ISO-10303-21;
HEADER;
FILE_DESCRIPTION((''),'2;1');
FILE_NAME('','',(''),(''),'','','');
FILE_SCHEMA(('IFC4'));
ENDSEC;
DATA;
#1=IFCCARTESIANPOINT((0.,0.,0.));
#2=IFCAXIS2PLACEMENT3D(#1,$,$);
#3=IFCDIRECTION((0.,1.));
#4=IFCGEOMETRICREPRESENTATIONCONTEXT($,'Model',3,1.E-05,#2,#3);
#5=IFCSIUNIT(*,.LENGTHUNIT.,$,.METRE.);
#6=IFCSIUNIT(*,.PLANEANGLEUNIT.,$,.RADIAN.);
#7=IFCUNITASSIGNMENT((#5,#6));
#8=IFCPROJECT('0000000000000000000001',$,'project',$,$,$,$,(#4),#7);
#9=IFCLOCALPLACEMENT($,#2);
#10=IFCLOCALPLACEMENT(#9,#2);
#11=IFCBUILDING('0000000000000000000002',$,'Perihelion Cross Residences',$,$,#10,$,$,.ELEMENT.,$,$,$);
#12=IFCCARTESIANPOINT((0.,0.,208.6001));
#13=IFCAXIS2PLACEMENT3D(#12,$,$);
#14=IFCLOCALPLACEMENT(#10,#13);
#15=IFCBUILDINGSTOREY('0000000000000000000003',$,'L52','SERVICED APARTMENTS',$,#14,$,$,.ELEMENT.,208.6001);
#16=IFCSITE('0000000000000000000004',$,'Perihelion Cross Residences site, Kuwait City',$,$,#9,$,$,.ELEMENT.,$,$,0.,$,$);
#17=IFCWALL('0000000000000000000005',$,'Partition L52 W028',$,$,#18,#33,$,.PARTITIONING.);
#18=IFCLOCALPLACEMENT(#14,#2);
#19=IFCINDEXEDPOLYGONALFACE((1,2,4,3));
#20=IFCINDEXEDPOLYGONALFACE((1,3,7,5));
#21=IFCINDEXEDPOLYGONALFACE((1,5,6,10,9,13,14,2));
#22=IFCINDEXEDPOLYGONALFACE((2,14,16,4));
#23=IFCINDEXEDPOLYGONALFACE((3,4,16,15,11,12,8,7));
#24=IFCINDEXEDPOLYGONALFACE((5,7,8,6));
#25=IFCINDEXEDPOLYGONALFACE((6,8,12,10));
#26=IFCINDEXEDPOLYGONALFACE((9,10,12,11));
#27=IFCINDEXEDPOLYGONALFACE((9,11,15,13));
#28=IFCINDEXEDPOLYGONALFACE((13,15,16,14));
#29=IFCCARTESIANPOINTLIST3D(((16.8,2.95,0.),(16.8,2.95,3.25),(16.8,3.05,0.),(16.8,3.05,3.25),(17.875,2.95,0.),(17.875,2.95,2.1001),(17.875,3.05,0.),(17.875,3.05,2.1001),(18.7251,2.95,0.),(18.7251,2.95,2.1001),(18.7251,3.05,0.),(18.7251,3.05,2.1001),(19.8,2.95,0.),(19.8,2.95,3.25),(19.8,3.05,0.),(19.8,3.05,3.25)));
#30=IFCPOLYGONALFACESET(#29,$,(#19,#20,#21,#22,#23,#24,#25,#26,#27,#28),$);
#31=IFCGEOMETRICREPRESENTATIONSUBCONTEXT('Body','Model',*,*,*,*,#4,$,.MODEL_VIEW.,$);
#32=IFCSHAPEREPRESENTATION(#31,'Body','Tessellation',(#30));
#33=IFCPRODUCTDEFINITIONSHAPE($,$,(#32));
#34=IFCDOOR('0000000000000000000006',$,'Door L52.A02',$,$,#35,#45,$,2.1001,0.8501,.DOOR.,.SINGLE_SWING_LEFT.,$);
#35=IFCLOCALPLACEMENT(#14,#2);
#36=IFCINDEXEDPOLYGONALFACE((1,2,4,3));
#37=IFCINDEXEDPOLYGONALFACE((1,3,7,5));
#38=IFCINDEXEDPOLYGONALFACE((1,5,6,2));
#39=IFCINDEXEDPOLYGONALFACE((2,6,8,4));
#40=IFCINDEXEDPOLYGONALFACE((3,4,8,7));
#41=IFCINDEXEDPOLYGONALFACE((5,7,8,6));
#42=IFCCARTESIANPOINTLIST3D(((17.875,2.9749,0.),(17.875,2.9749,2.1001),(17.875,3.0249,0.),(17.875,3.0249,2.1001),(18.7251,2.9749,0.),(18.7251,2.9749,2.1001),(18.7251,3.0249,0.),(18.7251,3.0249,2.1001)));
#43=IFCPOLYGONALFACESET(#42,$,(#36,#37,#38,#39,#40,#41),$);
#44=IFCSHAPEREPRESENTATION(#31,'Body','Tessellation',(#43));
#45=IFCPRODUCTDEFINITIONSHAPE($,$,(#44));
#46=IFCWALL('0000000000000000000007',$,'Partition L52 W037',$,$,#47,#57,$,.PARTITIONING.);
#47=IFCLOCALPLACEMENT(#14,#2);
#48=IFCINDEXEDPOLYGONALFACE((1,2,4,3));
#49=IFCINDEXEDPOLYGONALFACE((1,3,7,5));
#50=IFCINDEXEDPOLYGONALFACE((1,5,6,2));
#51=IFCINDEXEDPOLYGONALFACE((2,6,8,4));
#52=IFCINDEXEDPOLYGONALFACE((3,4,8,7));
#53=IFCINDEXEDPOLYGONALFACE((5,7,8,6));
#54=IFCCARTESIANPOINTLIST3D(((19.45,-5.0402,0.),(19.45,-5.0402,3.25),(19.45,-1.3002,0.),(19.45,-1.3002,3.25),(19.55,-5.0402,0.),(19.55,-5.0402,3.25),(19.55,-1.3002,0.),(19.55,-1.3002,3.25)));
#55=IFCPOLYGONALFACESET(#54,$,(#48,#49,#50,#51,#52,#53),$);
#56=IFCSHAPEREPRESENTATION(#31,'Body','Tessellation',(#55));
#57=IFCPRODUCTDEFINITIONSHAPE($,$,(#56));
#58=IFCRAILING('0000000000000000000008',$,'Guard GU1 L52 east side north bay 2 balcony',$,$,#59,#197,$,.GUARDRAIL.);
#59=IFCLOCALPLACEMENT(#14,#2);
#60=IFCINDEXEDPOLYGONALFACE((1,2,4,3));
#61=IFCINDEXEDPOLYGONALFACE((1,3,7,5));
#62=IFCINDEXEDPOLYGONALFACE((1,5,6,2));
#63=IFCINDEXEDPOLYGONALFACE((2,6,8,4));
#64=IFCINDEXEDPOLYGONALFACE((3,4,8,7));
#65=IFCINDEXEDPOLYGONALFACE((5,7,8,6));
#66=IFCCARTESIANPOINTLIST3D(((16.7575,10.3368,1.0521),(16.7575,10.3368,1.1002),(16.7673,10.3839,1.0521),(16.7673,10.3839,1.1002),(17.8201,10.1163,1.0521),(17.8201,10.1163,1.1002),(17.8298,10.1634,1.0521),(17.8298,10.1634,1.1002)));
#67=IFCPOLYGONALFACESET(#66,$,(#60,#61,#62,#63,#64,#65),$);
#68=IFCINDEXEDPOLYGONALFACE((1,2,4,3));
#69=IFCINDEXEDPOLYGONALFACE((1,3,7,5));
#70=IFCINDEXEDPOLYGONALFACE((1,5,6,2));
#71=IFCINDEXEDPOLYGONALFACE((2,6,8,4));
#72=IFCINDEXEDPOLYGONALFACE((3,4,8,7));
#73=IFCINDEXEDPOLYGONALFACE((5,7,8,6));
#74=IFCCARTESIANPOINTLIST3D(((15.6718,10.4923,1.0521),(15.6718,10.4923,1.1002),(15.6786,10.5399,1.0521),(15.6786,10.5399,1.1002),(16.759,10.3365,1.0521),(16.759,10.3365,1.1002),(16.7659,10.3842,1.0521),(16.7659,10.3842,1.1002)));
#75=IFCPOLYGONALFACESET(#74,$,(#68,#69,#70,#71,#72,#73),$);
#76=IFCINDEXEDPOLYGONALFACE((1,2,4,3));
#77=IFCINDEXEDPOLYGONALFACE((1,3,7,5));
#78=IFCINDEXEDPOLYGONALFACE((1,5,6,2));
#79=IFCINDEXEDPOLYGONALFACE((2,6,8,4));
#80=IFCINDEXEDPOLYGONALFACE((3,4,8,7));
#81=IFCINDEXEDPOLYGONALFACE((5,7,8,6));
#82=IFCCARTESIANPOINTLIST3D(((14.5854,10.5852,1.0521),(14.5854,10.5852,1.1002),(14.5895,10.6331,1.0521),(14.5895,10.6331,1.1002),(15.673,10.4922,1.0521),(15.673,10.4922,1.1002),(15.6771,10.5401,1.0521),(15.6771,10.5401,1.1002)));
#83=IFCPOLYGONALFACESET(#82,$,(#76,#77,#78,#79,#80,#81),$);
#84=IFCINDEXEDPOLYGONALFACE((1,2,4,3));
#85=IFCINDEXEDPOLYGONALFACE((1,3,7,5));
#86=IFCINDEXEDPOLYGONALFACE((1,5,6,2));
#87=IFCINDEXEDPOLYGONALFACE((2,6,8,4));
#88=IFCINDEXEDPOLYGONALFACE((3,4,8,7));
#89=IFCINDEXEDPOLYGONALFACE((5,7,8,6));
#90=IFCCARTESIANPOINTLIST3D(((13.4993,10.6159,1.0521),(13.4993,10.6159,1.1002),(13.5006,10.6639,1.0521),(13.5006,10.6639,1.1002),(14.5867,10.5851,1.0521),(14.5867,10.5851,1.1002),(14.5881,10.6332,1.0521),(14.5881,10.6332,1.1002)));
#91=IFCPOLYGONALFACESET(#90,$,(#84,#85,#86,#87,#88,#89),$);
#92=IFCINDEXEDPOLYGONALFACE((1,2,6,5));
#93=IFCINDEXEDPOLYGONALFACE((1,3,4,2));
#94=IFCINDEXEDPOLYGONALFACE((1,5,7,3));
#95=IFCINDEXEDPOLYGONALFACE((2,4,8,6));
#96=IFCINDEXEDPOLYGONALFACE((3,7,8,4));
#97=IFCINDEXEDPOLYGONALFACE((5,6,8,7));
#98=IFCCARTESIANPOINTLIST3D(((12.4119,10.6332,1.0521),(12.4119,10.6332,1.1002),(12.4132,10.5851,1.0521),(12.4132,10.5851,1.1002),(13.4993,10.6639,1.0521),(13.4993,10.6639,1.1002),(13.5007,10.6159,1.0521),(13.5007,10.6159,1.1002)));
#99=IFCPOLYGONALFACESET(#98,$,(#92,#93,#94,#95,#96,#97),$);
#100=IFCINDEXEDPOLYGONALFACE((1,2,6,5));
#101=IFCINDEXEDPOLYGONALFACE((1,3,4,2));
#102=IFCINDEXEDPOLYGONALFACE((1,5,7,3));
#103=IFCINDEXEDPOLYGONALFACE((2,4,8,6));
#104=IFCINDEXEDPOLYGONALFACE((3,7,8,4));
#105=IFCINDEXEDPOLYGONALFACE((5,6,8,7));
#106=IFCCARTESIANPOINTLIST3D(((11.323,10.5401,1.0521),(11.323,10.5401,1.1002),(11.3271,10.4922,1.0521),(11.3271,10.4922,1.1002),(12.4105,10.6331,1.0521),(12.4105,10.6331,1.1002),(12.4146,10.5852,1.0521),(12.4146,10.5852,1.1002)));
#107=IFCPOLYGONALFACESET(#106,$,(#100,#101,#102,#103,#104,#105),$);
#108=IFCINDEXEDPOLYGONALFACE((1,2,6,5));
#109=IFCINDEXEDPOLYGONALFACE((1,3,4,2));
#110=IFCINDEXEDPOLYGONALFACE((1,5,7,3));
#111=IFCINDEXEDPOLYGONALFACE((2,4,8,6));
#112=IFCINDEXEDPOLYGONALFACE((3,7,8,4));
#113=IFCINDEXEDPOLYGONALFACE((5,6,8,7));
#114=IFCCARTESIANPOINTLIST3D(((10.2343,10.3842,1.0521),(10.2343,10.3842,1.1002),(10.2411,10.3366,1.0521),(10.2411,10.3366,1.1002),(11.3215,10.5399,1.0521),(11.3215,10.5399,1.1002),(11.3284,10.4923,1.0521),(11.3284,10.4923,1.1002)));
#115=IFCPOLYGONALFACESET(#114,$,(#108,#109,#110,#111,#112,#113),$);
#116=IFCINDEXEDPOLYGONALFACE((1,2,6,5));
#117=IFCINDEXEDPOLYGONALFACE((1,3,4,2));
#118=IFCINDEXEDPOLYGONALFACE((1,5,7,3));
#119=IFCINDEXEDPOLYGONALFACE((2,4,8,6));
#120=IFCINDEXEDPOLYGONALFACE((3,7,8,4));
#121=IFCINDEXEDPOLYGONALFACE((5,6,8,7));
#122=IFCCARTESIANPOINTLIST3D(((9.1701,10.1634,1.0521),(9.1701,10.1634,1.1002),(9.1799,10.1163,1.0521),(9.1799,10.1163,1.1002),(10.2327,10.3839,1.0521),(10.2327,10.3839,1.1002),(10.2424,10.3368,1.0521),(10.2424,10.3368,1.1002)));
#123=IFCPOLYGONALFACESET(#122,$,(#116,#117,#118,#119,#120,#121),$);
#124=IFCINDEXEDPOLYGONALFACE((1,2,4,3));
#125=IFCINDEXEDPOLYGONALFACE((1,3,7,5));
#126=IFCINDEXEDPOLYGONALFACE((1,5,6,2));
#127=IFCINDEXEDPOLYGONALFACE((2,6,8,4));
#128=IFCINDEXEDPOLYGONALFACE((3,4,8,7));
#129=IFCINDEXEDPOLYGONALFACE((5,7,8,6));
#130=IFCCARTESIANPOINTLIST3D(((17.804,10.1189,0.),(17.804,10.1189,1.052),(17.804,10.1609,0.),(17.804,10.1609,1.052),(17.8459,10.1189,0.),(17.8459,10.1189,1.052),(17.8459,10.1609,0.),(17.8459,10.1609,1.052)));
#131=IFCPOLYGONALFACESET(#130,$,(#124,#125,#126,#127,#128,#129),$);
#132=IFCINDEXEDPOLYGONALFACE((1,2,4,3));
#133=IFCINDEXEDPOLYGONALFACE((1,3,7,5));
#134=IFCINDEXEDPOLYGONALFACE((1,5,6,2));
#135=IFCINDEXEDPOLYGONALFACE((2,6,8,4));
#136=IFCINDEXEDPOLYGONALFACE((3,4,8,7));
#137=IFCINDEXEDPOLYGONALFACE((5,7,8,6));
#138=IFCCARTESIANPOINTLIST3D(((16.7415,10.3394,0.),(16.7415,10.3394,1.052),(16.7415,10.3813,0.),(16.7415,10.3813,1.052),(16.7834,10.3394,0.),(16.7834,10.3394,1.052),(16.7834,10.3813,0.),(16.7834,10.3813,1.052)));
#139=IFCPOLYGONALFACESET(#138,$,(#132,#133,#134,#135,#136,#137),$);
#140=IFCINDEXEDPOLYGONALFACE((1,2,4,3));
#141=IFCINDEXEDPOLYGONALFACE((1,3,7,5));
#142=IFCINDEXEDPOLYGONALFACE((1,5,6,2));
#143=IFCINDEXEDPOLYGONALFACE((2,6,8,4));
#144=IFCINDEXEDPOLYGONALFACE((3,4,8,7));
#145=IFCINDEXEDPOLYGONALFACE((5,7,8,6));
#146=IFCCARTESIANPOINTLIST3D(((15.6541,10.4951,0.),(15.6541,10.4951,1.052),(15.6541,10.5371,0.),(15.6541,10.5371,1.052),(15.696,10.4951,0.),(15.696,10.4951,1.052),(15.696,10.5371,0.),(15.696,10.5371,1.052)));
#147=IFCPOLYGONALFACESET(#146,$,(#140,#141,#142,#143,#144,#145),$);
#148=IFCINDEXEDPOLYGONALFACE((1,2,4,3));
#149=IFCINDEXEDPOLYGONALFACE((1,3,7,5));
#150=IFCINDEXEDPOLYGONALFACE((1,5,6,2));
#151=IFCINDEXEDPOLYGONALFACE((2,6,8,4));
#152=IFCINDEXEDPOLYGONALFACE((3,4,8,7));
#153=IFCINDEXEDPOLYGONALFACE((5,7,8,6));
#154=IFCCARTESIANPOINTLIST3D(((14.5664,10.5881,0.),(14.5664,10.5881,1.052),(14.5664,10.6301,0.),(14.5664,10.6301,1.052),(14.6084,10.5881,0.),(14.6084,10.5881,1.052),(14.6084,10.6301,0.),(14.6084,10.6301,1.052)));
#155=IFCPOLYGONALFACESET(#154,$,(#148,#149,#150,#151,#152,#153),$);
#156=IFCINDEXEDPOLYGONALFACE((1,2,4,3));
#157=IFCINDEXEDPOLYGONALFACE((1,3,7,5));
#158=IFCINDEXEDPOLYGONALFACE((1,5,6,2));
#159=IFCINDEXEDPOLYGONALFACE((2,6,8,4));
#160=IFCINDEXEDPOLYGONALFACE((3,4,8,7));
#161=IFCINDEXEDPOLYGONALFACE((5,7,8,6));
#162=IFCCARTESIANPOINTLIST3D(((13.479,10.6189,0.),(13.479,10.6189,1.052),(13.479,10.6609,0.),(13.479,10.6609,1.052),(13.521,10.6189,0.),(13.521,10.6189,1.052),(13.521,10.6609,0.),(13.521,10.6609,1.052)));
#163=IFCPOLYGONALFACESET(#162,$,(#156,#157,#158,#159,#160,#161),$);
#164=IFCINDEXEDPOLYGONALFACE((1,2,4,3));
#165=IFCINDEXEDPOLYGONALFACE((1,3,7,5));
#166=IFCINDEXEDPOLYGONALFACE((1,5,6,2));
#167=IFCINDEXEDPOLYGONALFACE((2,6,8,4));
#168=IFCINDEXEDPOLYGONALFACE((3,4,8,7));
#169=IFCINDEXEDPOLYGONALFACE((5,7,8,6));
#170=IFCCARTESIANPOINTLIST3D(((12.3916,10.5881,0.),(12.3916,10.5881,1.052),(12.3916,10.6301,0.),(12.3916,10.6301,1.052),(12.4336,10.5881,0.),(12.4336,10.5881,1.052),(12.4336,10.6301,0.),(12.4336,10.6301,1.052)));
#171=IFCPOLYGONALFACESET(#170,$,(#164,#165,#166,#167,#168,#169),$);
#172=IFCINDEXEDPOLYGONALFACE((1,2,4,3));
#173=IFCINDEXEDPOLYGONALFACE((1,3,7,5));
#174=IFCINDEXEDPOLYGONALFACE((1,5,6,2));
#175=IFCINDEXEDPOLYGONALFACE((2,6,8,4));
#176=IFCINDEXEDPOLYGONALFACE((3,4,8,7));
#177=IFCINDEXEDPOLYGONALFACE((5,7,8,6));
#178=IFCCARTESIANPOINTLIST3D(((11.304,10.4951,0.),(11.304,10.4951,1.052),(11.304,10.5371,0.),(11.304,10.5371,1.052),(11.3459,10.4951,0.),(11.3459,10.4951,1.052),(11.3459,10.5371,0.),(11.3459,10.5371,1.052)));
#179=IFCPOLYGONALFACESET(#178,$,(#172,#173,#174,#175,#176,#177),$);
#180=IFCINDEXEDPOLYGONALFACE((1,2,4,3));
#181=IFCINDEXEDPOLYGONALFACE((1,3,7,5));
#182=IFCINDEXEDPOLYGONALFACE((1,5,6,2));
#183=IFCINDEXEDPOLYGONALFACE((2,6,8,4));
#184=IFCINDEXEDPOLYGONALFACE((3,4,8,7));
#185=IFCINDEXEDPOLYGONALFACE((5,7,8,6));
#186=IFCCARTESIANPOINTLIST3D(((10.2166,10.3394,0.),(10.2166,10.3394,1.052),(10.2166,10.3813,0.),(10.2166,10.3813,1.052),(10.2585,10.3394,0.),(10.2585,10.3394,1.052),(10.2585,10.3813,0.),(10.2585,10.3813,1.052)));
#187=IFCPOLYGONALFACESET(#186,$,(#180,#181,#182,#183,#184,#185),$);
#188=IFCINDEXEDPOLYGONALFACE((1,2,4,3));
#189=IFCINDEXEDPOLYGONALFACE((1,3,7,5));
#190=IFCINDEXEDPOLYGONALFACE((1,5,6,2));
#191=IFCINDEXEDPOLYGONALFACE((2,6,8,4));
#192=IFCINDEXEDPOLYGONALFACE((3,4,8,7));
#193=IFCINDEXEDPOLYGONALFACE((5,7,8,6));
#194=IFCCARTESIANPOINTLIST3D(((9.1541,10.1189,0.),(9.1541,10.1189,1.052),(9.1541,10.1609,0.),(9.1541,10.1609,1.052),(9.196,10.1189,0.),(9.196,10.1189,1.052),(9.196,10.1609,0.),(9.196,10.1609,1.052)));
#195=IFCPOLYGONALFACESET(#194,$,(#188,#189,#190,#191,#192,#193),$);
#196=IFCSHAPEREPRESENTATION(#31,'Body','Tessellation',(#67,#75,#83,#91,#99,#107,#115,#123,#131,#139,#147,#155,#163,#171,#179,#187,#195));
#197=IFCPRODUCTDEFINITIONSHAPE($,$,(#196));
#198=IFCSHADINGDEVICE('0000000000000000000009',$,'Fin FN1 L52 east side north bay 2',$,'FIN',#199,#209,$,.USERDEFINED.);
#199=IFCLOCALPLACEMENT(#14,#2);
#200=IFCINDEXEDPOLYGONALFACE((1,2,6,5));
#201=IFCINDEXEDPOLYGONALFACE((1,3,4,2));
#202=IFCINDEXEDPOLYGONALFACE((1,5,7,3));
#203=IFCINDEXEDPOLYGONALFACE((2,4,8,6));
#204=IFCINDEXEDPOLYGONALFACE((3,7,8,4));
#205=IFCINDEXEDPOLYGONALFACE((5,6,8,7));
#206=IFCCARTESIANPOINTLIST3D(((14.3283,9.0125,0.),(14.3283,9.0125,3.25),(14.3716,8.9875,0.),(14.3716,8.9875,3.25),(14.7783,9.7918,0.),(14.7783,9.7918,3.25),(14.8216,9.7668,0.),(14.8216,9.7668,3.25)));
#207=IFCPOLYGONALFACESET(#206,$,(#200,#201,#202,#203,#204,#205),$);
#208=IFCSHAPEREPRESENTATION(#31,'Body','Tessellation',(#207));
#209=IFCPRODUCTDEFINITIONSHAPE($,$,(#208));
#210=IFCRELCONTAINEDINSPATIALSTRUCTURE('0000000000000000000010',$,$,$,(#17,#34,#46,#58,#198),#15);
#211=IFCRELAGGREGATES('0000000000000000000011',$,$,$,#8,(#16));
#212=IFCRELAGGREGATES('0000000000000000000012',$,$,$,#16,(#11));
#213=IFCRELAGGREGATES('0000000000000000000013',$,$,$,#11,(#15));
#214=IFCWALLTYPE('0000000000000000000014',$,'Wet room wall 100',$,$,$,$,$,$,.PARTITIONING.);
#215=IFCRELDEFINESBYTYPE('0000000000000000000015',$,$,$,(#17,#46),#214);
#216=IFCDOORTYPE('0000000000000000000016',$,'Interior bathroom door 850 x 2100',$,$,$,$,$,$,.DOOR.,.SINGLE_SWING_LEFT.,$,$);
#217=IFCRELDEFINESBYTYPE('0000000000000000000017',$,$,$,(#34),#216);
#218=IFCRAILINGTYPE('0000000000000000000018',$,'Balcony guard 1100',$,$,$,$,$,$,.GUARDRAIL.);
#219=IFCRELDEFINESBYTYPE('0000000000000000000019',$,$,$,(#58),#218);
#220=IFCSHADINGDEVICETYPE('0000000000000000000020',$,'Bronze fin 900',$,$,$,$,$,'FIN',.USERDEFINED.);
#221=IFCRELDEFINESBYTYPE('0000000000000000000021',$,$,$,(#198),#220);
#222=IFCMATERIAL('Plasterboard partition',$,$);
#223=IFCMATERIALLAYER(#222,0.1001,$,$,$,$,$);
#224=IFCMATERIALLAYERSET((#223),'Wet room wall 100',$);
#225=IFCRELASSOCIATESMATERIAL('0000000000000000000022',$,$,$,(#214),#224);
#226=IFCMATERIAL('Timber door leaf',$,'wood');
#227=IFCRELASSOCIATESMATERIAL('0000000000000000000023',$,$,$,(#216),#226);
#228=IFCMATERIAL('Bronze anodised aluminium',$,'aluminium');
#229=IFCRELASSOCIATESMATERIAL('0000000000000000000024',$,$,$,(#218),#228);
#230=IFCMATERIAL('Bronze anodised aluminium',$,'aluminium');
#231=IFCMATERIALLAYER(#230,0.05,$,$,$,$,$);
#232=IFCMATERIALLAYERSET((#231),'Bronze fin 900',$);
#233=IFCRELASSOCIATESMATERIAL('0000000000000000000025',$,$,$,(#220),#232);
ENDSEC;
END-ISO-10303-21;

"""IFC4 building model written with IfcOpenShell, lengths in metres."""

from ifc_helpers import new_model, si_unit, direction, frame, frame_2d, origin, origin_2d, place, context, subcontext, project, spatial, rectangle, extrude, material, layer, layer_set, type_object, element, fill, save


model = new_model("IFC4")

# Units and contexts
model_context = context("Model", 3, precision=1e-05, world=origin(), true_north=direction((0.0, 1.0)))
body_context = subcontext(model_context, "Body", "Model", "MODEL_VIEW")
ifc_project = project(units=[si_unit("LENGTHUNIT", "METRE"), si_unit("PLANEANGLEUNIT", "RADIAN")], contexts=[model_context])

# Site, building, storey
site_placement = place(None, origin())
site = spatial("IfcSite", under=ifc_project, at=site_placement, Name="Perihelion Cross Residences site, Kuwait City", CompositionType="ELEMENT", RefElevation=0.0)
building_placement = place(site_placement, origin())
building = spatial("IfcBuilding", under=site, at=building_placement, Name="Perihelion Cross Residences", CompositionType="ELEMENT")
storey_placement = place(building_placement, frame((0.0, 0.0, 208.6001)))
storey = spatial("IfcBuildingStorey", under=building, at=storey_placement, Name="L52", Description="SERVICED APARTMENTS", CompositionType="ELEMENT", Elevation=208.6001)

# Shared definitions
ifc_material_1 = material(Name="Plasterboard partition")
ifc_layer_1 = layer(ifc_material_1, 0.1001)
ifc_layer_set_1 = layer_set([ifc_layer_1], Name="Wet room wall 100")
wall_type_1 = type_object("IfcWallType", Name="Wet room wall 100", PredefinedType="PARTITIONING", material=ifc_layer_set_1)

# Wall, opening, door
wall_1_placement = place(storey_placement, frame((16.8, 3.0, 0.0), z_axis=(0.0, 0.0, 1.0), x_axis=(1.0, 0.0, 0.0)))
wall_1 = element("IfcWall", 1, at=wall_1_placement, inside=storey, type_object=wall_type_1, Name="Partition L52 W028", PredefinedType="PARTITIONING", context=body_context, shape_type="SweptSolid", body=[
    extrude(rectangle(XDim=3.0, YDim=0.1001, at=frame_2d((1.5, 0.0))), origin(), (0.0, 0.0, 1.0), 3.25),
])
opening_1_placement = place(wall_1_placement, frame((1.075, 0.0, 0.0)))
opening_1 = element("IfcOpeningElement", 2, at=opening_1_placement, cuts=wall_1, PredefinedType="OPENING", context=body_context, shape_type="SweptSolid", body=[
    extrude(rectangle(XDim=0.8501, YDim=2.1001, at=frame_2d((0.425, 1.05))), frame((0.0, 0.0601, 0.0), z_axis=(0.0, -1.0, 0.0), x_axis=(1.0, 0.0, 0.0)), (0.0, 0.0, 1.0), 0.1201),
])
ifc_material_2 = material(Name="Timber door leaf", Category="wood")
door_type_1 = type_object("IfcDoorType", Name="Interior bathroom door 850 x 2100", OperationType="SINGLE_SWING_LEFT", PredefinedType="DOOR", material=ifc_material_2)
door_1_placement = place(opening_1_placement, origin())
door_1 = element("IfcDoor", 3, at=door_1_placement, inside=storey, type_object=door_type_1, Name="Door L52.A02", OperationType="SINGLE_SWING_LEFT", OverallHeight=2.1001, OverallWidth=0.8501, PredefinedType="DOOR", context=body_context, shape_type="SweptSolid", body=[
    extrude(rectangle(XDim=0.8501, YDim=2.1001, at=frame_2d((0.425, 1.05))), frame((0.0, 0.0249, 0.0), z_axis=(0.0, -1.0, 0.0), x_axis=(1.0, 0.0, 0.0)), (0.0, 0.0, 1.0), 0.05),
])
fill(opening_1, door_1)

# Wall
wall_2_placement = place(storey_placement, frame((19.5, -1.3, 0.0), z_axis=(0.0, 0.0, 1.0), x_axis=(0.0, -1.0, 0.0)))
element("IfcWall", 4, at=wall_2_placement, inside=storey, type_object=wall_type_1, Name="Partition L52 W037", PredefinedType="PARTITIONING", context=body_context, shape_type="SweptSolid", body=[
    extrude(rectangle(XDim=3.74, YDim=0.1001, at=frame_2d((1.8701, 0.0))), origin(), (0.0, 0.0, 1.0), 3.25),
])

# Railing
ifc_material_3 = material(Name="Bronze anodised aluminium", Category="aluminium")
railing_type = type_object("IfcRailingType", Name="Balcony guard 1100", PredefinedType="GUARDRAIL", material=ifc_material_3)
railing_placement = place(storey_placement, frame((17.825, 10.1399, 0.0)))
element("IfcRailing", 5, at=railing_placement, inside=storey, type_object=railing_type, Name="Guard GU1 L52 east side north bay 2 balcony", PredefinedType="GUARDRAIL", context=body_context, shape_type="SweptSolid", body=[
    extrude(rectangle(XDim=0.0481, YDim=0.0481, at=origin_2d()), frame((0.0, 0.0, 1.0762), z_axis=(-0.979145, 0.203164, 0.0), x_axis=(-0.203164, -0.979145, 0.0)), (0.0, 0.0, 1.0), 1.0852),
    extrude(rectangle(XDim=0.0481, YDim=0.0481, at=origin_2d()), frame((-1.0625, 0.2205, 1.0762), z_axis=(-0.989896, 0.141795, 0.0), x_axis=(-0.141795, -0.989896, 0.0)), (0.0, 0.0, 1.0), 1.0984),
    extrude(rectangle(XDim=0.0481, YDim=0.0481, at=origin_2d()), frame((-2.1499, 0.3762, 1.0762), z_axis=(-0.996363, 0.085211, 0.0), x_axis=(-0.085211, -0.996363, 0.0)), (0.0, 0.0, 1.0), 1.0916),
    extrude(rectangle(XDim=0.0481, YDim=0.0481, at=origin_2d()), frame((-3.2375, 0.4692, 1.0762), z_axis=(-0.9996, 0.028278, 0.0), x_axis=(-0.028278, -0.9996, 0.0)), (0.0, 0.0, 1.0), 1.0879),
    extrude(rectangle(XDim=0.0481, YDim=0.0481, at=origin_2d()), frame((-4.325, 0.5, 1.0762), z_axis=(-0.9996, -0.028278, 0.0), x_axis=(0.028278, -0.9996, 0.0)), (0.0, 0.0, 1.0), 1.0879),
    extrude(rectangle(XDim=0.0481, YDim=0.0481, at=origin_2d()), frame((-5.4124, 0.4692, 1.0762), z_axis=(-0.996363, -0.085211, 0.0), x_axis=(0.085211, -0.996363, 0.0)), (0.0, 0.0, 1.0), 1.0916),
    extrude(rectangle(XDim=0.0481, YDim=0.0481, at=origin_2d()), frame((-6.5, 0.3762, 1.0762), z_axis=(-0.989896, -0.141795, 0.0), x_axis=(0.141795, -0.989896, 0.0)), (0.0, 0.0, 1.0), 1.0984),
    extrude(rectangle(XDim=0.0481, YDim=0.0481, at=origin_2d()), frame((-7.5874, 0.2205, 1.0762), z_axis=(-0.979145, -0.203164, 0.0), x_axis=(0.203164, -0.979145, 0.0)), (0.0, 0.0, 1.0), 1.0852),
    extrude(rectangle(XDim=0.042, YDim=0.042, at=origin_2d()), origin(), (0.0, 0.0, 1.0), 1.052),
    extrude(rectangle(XDim=0.042, YDim=0.042, at=origin_2d()), frame((-1.0625, 0.2205, 0.0)), (0.0, 0.0, 1.0), 1.052),
    extrude(rectangle(XDim=0.042, YDim=0.042, at=origin_2d()), frame((-2.1499, 0.3762, 0.0)), (0.0, 0.0, 1.0), 1.052),
    extrude(rectangle(XDim=0.042, YDim=0.042, at=origin_2d()), frame((-3.2375, 0.4692, 0.0)), (0.0, 0.0, 1.0), 1.052),
    extrude(rectangle(XDim=0.042, YDim=0.042, at=origin_2d()), frame((-4.325, 0.5, 0.0)), (0.0, 0.0, 1.0), 1.052),
    extrude(rectangle(XDim=0.042, YDim=0.042, at=origin_2d()), frame((-5.4124, 0.4692, 0.0)), (0.0, 0.0, 1.0), 1.052),
    extrude(rectangle(XDim=0.042, YDim=0.042, at=origin_2d()), frame((-6.5, 0.3762, 0.0)), (0.0, 0.0, 1.0), 1.052),
    extrude(rectangle(XDim=0.042, YDim=0.042, at=origin_2d()), frame((-7.5874, 0.2205, 0.0)), (0.0, 0.0, 1.0), 1.052),
    extrude(rectangle(XDim=0.042, YDim=0.042, at=origin_2d()), frame((-8.6499, 0.0, 0.0)), (0.0, 0.0, 1.0), 1.052),
])

# Shading device
ifc_material_4 = material(Name="Bronze anodised aluminium", Category="aluminium")
ifc_layer_2 = layer(ifc_material_4, 0.05)
ifc_layer_set_2 = layer_set([ifc_layer_2], Name="Bronze fin 900")
shading_device_type = type_object("IfcShadingDeviceType", Name="Bronze fin 900", ElementType="FIN", PredefinedType="USERDEFINED", material=ifc_layer_set_2)
shading_device_placement = place(storey_placement, frame((14.575, 9.3896, 0.0), z_axis=(0.0, 0.0, 1.0), x_axis=(0.5, 0.866025, 0.0)))
element("IfcShadingDevice", 6, at=shading_device_placement, inside=storey, type_object=shading_device_type, Name="Fin FN1 L52 east side north bay 2", ObjectType="FIN", PredefinedType="USERDEFINED", context=body_context, shape_type="SweptSolid", body=[
    extrude(rectangle(XDim=0.8999, YDim=0.05, at=origin_2d()), origin(), (0.0, 0.0, 1.0), 3.25),
])

save(model, "model.ifc")
